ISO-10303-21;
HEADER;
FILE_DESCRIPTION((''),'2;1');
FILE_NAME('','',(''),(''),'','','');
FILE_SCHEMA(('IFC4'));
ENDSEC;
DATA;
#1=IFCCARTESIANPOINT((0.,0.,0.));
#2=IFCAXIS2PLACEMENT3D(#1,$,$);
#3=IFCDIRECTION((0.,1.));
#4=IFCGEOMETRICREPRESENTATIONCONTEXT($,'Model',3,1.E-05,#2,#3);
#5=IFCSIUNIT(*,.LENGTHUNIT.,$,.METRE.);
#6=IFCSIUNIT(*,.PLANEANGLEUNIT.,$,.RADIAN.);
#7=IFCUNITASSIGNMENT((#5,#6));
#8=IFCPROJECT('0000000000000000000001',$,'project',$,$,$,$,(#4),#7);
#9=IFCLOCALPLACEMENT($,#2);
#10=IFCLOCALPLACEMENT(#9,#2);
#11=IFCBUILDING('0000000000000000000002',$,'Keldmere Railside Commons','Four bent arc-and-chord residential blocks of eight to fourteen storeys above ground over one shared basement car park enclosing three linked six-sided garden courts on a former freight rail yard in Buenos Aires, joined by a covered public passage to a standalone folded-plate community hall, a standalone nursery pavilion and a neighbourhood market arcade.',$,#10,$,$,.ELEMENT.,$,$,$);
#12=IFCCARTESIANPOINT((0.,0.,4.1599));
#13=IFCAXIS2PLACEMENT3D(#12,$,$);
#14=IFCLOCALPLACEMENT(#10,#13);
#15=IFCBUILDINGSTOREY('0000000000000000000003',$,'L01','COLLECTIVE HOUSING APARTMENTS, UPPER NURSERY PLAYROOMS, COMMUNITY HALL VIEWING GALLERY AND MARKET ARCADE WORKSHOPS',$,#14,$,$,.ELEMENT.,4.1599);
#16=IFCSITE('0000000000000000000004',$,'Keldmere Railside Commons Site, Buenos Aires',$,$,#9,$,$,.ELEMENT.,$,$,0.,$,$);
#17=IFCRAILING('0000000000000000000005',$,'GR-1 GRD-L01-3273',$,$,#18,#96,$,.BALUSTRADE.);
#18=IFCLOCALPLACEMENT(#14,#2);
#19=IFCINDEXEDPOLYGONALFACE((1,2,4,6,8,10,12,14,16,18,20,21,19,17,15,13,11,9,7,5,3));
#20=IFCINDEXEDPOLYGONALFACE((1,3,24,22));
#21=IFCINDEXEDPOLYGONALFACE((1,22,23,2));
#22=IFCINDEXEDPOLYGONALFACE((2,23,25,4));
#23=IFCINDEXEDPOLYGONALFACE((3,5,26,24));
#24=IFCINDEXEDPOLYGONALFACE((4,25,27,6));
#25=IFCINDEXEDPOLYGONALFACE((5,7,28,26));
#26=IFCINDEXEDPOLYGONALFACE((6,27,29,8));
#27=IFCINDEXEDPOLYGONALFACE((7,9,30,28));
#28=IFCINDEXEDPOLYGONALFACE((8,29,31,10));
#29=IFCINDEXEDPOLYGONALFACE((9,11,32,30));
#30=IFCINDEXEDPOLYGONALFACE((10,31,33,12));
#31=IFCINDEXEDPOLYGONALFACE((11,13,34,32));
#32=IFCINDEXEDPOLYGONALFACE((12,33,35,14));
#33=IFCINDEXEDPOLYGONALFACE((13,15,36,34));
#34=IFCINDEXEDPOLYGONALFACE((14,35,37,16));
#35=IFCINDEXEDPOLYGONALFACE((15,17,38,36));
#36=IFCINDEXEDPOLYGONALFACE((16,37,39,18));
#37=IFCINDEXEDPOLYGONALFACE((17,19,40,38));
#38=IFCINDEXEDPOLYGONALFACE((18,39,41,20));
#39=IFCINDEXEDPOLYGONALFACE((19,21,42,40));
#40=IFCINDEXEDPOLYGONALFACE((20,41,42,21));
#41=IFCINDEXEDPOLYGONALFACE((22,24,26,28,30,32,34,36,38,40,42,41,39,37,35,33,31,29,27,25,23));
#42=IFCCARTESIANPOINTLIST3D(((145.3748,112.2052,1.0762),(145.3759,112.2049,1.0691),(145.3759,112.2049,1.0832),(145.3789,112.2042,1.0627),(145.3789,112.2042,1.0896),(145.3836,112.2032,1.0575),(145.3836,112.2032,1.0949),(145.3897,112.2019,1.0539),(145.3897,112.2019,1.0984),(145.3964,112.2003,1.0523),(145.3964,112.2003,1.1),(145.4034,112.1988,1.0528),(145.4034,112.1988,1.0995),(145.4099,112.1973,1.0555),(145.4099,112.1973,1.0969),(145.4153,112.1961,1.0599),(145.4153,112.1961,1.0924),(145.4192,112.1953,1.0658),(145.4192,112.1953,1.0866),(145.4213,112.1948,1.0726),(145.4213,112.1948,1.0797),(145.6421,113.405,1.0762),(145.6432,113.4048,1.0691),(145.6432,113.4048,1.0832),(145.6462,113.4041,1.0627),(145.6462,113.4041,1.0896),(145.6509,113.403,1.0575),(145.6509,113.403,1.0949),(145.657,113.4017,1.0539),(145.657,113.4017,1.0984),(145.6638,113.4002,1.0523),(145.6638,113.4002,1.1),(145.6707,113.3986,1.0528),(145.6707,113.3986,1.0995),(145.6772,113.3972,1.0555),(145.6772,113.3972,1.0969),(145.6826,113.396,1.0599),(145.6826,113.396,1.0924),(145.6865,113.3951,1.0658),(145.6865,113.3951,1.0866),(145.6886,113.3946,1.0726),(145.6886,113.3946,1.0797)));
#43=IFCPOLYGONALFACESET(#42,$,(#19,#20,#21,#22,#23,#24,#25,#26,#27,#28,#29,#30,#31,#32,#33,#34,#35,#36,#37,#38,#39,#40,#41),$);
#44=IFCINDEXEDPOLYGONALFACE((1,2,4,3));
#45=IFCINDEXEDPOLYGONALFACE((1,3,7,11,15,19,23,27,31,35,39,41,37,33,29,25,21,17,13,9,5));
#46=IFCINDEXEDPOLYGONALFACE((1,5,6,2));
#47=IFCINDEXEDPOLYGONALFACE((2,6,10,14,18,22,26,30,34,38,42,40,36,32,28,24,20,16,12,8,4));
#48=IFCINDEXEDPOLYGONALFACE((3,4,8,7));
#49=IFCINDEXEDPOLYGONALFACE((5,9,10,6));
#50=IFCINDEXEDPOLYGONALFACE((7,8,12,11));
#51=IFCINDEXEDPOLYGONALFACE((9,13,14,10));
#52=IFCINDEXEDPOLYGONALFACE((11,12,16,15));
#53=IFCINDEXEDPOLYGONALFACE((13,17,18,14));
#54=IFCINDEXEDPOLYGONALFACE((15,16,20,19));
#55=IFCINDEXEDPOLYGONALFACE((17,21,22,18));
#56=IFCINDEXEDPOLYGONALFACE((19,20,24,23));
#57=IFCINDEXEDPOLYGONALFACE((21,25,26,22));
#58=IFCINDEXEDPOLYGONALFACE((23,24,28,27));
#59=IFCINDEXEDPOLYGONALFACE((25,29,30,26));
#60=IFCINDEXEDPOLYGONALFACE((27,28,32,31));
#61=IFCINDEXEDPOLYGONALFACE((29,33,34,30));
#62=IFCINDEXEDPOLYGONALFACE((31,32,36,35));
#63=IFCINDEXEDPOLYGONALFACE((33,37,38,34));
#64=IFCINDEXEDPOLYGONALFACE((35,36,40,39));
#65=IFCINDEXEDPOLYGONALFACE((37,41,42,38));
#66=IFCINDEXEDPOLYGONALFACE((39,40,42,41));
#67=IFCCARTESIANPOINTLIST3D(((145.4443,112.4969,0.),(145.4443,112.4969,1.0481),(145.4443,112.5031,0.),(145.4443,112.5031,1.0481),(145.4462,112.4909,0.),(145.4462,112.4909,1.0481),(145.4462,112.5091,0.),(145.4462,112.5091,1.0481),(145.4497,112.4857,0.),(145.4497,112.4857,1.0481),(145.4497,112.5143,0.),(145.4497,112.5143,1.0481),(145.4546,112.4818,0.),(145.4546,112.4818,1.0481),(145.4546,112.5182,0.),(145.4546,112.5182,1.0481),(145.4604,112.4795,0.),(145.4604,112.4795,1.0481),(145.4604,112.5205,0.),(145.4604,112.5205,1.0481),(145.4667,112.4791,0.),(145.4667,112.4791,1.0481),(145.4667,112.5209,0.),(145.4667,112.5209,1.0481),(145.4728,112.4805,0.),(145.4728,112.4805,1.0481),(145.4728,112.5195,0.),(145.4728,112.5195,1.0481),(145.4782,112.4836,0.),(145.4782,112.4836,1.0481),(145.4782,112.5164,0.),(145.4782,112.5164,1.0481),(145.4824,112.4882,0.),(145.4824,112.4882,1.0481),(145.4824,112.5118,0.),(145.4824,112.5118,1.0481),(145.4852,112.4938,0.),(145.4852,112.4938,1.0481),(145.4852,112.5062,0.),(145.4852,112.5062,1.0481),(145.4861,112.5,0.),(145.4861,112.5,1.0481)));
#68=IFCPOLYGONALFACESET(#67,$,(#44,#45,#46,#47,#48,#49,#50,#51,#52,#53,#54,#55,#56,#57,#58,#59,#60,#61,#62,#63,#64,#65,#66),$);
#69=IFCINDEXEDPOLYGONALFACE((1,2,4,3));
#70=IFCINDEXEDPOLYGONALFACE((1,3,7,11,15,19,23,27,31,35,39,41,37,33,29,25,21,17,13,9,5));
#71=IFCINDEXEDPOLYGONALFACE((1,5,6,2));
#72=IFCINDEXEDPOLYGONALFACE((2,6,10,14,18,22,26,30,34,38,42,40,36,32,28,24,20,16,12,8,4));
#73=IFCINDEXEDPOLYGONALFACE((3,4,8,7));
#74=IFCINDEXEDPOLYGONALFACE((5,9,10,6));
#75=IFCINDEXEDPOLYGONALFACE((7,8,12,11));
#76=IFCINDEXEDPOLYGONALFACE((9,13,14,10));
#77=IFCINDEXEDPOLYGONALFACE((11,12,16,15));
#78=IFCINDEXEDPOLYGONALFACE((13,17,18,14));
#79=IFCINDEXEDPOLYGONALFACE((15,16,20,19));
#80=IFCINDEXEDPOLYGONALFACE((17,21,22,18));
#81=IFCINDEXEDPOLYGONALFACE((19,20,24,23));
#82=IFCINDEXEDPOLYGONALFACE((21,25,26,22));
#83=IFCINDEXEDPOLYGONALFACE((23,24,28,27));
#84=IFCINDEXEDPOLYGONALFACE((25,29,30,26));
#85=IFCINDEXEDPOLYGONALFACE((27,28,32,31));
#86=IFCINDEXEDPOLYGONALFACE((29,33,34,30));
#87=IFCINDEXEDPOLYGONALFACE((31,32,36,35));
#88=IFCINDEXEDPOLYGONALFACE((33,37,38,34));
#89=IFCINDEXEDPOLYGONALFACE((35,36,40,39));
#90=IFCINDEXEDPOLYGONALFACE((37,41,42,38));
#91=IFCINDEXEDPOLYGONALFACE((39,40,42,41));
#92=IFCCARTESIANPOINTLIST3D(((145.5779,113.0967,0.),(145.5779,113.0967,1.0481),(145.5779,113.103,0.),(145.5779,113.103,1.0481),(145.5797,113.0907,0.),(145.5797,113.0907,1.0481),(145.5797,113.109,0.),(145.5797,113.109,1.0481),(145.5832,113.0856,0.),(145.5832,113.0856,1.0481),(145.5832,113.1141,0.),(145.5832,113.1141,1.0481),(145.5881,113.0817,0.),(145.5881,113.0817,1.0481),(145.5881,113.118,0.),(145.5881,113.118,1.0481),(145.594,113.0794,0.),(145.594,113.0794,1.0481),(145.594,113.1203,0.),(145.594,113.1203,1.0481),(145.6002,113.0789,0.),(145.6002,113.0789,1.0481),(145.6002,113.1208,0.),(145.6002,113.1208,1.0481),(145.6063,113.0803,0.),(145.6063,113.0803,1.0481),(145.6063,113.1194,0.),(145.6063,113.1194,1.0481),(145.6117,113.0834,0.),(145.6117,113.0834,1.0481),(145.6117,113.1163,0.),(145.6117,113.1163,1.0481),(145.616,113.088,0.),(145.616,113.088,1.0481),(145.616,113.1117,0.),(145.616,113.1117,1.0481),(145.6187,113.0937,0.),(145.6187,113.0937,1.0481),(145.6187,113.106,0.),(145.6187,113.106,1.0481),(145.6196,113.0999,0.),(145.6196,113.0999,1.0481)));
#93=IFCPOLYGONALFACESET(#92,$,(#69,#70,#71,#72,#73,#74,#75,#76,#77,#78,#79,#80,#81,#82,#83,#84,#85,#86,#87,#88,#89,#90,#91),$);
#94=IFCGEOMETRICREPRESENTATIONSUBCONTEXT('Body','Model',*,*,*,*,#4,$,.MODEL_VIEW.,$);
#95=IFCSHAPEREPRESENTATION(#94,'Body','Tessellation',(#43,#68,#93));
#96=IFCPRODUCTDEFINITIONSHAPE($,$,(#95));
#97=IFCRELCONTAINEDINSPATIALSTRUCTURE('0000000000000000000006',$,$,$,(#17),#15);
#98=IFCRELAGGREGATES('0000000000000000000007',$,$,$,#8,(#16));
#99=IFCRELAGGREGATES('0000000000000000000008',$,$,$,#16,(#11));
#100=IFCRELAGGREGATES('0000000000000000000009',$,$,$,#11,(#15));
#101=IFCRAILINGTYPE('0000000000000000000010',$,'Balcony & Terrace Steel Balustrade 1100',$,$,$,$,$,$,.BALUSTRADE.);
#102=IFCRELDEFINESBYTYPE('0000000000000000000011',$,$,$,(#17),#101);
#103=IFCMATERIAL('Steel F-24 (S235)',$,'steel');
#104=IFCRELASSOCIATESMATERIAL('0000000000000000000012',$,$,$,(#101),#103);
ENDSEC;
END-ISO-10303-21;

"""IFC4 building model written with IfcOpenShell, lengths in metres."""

from ifc_helpers import new_model, si_unit, direction, frame, origin, origin_2d, place, context, subcontext, project, spatial, circle, extrude, material, type_object, element, save


model = new_model("IFC4")

# Units and contexts
model_context = context("Model", 3, precision=1e-05, world=origin(), true_north=direction((0.0, 1.0)))
body_context = subcontext(model_context, "Body", "Model", "MODEL_VIEW")
ifc_project = project(units=[si_unit("LENGTHUNIT", "METRE"), si_unit("PLANEANGLEUNIT", "RADIAN")], contexts=[model_context])

# Site, building, storey
site_placement = place(None, origin())
site = spatial("IfcSite", under=ifc_project, at=site_placement, Name="Keldmere Railside Commons Site, Buenos Aires", CompositionType="ELEMENT", RefElevation=0.0)
building_placement = place(site_placement, origin())
building = spatial("IfcBuilding", under=site, at=building_placement, Name="Keldmere Railside Commons", Description="Four bent arc-and-chord residential blocks of eight to fourteen storeys above ground over one shared basement car park enclosing three linked six-sided garden courts on a former freight rail yard in Buenos Aires, joined by a covered public passage to a standalone folded-plate community hall, a standalone nursery pavilion and a neighbourhood market arcade.", CompositionType="ELEMENT")
storey_placement = place(building_placement, frame((0.0, 0.0, 4.1599)))
storey = spatial("IfcBuildingStorey", under=building, at=storey_placement, Name="L01", Description="COLLECTIVE HOUSING APARTMENTS, UPPER NURSERY PLAYROOMS, COMMUNITY HALL VIEWING GALLERY AND MARKET ARCADE WORKSHOPS", CompositionType="ELEMENT", Elevation=4.1599)

# Shared definitions
ifc_material_1 = material(Name="Steel F-24 (S235)", Category="steel")

# Railing
railing_type = type_object("IfcRailingType", Name="Balcony & Terrace Steel Balustrade 1100", PredefinedType="BALUSTRADE", material=ifc_material_1)
railing_1_placement = place(storey_placement, frame((145.3982, 112.2, 0.0)))
element("IfcRailing", 1, at=railing_1_placement, inside=storey, type_object=railing_type, Name="GR-1 GRD-L01-3273", PredefinedType="BALUSTRADE", context=body_context, shape_type="SweptSolid", body=[
    extrude(circle(Radius=0.0239, at=origin_2d()), frame((0.0, 0.0, 1.0762), z_axis=(0.217456, 0.97607, 0.0), x_axis=(-0.97607, 0.217456, 0.0)), (0.0, 0.0, 1.0), 1.2292),
    extrude(circle(Radius=0.021, at=origin_2d()), frame((0.0669, 0.3, 0.0)), (0.0, 0.0, 1.0), 1.0481),
    extrude(circle(Radius=0.021, at=origin_2d()), frame((0.2004, 0.8999, 0.0)), (0.0, 0.0, 1.0), 1.0481),
])

save(model, "model.ifc")
